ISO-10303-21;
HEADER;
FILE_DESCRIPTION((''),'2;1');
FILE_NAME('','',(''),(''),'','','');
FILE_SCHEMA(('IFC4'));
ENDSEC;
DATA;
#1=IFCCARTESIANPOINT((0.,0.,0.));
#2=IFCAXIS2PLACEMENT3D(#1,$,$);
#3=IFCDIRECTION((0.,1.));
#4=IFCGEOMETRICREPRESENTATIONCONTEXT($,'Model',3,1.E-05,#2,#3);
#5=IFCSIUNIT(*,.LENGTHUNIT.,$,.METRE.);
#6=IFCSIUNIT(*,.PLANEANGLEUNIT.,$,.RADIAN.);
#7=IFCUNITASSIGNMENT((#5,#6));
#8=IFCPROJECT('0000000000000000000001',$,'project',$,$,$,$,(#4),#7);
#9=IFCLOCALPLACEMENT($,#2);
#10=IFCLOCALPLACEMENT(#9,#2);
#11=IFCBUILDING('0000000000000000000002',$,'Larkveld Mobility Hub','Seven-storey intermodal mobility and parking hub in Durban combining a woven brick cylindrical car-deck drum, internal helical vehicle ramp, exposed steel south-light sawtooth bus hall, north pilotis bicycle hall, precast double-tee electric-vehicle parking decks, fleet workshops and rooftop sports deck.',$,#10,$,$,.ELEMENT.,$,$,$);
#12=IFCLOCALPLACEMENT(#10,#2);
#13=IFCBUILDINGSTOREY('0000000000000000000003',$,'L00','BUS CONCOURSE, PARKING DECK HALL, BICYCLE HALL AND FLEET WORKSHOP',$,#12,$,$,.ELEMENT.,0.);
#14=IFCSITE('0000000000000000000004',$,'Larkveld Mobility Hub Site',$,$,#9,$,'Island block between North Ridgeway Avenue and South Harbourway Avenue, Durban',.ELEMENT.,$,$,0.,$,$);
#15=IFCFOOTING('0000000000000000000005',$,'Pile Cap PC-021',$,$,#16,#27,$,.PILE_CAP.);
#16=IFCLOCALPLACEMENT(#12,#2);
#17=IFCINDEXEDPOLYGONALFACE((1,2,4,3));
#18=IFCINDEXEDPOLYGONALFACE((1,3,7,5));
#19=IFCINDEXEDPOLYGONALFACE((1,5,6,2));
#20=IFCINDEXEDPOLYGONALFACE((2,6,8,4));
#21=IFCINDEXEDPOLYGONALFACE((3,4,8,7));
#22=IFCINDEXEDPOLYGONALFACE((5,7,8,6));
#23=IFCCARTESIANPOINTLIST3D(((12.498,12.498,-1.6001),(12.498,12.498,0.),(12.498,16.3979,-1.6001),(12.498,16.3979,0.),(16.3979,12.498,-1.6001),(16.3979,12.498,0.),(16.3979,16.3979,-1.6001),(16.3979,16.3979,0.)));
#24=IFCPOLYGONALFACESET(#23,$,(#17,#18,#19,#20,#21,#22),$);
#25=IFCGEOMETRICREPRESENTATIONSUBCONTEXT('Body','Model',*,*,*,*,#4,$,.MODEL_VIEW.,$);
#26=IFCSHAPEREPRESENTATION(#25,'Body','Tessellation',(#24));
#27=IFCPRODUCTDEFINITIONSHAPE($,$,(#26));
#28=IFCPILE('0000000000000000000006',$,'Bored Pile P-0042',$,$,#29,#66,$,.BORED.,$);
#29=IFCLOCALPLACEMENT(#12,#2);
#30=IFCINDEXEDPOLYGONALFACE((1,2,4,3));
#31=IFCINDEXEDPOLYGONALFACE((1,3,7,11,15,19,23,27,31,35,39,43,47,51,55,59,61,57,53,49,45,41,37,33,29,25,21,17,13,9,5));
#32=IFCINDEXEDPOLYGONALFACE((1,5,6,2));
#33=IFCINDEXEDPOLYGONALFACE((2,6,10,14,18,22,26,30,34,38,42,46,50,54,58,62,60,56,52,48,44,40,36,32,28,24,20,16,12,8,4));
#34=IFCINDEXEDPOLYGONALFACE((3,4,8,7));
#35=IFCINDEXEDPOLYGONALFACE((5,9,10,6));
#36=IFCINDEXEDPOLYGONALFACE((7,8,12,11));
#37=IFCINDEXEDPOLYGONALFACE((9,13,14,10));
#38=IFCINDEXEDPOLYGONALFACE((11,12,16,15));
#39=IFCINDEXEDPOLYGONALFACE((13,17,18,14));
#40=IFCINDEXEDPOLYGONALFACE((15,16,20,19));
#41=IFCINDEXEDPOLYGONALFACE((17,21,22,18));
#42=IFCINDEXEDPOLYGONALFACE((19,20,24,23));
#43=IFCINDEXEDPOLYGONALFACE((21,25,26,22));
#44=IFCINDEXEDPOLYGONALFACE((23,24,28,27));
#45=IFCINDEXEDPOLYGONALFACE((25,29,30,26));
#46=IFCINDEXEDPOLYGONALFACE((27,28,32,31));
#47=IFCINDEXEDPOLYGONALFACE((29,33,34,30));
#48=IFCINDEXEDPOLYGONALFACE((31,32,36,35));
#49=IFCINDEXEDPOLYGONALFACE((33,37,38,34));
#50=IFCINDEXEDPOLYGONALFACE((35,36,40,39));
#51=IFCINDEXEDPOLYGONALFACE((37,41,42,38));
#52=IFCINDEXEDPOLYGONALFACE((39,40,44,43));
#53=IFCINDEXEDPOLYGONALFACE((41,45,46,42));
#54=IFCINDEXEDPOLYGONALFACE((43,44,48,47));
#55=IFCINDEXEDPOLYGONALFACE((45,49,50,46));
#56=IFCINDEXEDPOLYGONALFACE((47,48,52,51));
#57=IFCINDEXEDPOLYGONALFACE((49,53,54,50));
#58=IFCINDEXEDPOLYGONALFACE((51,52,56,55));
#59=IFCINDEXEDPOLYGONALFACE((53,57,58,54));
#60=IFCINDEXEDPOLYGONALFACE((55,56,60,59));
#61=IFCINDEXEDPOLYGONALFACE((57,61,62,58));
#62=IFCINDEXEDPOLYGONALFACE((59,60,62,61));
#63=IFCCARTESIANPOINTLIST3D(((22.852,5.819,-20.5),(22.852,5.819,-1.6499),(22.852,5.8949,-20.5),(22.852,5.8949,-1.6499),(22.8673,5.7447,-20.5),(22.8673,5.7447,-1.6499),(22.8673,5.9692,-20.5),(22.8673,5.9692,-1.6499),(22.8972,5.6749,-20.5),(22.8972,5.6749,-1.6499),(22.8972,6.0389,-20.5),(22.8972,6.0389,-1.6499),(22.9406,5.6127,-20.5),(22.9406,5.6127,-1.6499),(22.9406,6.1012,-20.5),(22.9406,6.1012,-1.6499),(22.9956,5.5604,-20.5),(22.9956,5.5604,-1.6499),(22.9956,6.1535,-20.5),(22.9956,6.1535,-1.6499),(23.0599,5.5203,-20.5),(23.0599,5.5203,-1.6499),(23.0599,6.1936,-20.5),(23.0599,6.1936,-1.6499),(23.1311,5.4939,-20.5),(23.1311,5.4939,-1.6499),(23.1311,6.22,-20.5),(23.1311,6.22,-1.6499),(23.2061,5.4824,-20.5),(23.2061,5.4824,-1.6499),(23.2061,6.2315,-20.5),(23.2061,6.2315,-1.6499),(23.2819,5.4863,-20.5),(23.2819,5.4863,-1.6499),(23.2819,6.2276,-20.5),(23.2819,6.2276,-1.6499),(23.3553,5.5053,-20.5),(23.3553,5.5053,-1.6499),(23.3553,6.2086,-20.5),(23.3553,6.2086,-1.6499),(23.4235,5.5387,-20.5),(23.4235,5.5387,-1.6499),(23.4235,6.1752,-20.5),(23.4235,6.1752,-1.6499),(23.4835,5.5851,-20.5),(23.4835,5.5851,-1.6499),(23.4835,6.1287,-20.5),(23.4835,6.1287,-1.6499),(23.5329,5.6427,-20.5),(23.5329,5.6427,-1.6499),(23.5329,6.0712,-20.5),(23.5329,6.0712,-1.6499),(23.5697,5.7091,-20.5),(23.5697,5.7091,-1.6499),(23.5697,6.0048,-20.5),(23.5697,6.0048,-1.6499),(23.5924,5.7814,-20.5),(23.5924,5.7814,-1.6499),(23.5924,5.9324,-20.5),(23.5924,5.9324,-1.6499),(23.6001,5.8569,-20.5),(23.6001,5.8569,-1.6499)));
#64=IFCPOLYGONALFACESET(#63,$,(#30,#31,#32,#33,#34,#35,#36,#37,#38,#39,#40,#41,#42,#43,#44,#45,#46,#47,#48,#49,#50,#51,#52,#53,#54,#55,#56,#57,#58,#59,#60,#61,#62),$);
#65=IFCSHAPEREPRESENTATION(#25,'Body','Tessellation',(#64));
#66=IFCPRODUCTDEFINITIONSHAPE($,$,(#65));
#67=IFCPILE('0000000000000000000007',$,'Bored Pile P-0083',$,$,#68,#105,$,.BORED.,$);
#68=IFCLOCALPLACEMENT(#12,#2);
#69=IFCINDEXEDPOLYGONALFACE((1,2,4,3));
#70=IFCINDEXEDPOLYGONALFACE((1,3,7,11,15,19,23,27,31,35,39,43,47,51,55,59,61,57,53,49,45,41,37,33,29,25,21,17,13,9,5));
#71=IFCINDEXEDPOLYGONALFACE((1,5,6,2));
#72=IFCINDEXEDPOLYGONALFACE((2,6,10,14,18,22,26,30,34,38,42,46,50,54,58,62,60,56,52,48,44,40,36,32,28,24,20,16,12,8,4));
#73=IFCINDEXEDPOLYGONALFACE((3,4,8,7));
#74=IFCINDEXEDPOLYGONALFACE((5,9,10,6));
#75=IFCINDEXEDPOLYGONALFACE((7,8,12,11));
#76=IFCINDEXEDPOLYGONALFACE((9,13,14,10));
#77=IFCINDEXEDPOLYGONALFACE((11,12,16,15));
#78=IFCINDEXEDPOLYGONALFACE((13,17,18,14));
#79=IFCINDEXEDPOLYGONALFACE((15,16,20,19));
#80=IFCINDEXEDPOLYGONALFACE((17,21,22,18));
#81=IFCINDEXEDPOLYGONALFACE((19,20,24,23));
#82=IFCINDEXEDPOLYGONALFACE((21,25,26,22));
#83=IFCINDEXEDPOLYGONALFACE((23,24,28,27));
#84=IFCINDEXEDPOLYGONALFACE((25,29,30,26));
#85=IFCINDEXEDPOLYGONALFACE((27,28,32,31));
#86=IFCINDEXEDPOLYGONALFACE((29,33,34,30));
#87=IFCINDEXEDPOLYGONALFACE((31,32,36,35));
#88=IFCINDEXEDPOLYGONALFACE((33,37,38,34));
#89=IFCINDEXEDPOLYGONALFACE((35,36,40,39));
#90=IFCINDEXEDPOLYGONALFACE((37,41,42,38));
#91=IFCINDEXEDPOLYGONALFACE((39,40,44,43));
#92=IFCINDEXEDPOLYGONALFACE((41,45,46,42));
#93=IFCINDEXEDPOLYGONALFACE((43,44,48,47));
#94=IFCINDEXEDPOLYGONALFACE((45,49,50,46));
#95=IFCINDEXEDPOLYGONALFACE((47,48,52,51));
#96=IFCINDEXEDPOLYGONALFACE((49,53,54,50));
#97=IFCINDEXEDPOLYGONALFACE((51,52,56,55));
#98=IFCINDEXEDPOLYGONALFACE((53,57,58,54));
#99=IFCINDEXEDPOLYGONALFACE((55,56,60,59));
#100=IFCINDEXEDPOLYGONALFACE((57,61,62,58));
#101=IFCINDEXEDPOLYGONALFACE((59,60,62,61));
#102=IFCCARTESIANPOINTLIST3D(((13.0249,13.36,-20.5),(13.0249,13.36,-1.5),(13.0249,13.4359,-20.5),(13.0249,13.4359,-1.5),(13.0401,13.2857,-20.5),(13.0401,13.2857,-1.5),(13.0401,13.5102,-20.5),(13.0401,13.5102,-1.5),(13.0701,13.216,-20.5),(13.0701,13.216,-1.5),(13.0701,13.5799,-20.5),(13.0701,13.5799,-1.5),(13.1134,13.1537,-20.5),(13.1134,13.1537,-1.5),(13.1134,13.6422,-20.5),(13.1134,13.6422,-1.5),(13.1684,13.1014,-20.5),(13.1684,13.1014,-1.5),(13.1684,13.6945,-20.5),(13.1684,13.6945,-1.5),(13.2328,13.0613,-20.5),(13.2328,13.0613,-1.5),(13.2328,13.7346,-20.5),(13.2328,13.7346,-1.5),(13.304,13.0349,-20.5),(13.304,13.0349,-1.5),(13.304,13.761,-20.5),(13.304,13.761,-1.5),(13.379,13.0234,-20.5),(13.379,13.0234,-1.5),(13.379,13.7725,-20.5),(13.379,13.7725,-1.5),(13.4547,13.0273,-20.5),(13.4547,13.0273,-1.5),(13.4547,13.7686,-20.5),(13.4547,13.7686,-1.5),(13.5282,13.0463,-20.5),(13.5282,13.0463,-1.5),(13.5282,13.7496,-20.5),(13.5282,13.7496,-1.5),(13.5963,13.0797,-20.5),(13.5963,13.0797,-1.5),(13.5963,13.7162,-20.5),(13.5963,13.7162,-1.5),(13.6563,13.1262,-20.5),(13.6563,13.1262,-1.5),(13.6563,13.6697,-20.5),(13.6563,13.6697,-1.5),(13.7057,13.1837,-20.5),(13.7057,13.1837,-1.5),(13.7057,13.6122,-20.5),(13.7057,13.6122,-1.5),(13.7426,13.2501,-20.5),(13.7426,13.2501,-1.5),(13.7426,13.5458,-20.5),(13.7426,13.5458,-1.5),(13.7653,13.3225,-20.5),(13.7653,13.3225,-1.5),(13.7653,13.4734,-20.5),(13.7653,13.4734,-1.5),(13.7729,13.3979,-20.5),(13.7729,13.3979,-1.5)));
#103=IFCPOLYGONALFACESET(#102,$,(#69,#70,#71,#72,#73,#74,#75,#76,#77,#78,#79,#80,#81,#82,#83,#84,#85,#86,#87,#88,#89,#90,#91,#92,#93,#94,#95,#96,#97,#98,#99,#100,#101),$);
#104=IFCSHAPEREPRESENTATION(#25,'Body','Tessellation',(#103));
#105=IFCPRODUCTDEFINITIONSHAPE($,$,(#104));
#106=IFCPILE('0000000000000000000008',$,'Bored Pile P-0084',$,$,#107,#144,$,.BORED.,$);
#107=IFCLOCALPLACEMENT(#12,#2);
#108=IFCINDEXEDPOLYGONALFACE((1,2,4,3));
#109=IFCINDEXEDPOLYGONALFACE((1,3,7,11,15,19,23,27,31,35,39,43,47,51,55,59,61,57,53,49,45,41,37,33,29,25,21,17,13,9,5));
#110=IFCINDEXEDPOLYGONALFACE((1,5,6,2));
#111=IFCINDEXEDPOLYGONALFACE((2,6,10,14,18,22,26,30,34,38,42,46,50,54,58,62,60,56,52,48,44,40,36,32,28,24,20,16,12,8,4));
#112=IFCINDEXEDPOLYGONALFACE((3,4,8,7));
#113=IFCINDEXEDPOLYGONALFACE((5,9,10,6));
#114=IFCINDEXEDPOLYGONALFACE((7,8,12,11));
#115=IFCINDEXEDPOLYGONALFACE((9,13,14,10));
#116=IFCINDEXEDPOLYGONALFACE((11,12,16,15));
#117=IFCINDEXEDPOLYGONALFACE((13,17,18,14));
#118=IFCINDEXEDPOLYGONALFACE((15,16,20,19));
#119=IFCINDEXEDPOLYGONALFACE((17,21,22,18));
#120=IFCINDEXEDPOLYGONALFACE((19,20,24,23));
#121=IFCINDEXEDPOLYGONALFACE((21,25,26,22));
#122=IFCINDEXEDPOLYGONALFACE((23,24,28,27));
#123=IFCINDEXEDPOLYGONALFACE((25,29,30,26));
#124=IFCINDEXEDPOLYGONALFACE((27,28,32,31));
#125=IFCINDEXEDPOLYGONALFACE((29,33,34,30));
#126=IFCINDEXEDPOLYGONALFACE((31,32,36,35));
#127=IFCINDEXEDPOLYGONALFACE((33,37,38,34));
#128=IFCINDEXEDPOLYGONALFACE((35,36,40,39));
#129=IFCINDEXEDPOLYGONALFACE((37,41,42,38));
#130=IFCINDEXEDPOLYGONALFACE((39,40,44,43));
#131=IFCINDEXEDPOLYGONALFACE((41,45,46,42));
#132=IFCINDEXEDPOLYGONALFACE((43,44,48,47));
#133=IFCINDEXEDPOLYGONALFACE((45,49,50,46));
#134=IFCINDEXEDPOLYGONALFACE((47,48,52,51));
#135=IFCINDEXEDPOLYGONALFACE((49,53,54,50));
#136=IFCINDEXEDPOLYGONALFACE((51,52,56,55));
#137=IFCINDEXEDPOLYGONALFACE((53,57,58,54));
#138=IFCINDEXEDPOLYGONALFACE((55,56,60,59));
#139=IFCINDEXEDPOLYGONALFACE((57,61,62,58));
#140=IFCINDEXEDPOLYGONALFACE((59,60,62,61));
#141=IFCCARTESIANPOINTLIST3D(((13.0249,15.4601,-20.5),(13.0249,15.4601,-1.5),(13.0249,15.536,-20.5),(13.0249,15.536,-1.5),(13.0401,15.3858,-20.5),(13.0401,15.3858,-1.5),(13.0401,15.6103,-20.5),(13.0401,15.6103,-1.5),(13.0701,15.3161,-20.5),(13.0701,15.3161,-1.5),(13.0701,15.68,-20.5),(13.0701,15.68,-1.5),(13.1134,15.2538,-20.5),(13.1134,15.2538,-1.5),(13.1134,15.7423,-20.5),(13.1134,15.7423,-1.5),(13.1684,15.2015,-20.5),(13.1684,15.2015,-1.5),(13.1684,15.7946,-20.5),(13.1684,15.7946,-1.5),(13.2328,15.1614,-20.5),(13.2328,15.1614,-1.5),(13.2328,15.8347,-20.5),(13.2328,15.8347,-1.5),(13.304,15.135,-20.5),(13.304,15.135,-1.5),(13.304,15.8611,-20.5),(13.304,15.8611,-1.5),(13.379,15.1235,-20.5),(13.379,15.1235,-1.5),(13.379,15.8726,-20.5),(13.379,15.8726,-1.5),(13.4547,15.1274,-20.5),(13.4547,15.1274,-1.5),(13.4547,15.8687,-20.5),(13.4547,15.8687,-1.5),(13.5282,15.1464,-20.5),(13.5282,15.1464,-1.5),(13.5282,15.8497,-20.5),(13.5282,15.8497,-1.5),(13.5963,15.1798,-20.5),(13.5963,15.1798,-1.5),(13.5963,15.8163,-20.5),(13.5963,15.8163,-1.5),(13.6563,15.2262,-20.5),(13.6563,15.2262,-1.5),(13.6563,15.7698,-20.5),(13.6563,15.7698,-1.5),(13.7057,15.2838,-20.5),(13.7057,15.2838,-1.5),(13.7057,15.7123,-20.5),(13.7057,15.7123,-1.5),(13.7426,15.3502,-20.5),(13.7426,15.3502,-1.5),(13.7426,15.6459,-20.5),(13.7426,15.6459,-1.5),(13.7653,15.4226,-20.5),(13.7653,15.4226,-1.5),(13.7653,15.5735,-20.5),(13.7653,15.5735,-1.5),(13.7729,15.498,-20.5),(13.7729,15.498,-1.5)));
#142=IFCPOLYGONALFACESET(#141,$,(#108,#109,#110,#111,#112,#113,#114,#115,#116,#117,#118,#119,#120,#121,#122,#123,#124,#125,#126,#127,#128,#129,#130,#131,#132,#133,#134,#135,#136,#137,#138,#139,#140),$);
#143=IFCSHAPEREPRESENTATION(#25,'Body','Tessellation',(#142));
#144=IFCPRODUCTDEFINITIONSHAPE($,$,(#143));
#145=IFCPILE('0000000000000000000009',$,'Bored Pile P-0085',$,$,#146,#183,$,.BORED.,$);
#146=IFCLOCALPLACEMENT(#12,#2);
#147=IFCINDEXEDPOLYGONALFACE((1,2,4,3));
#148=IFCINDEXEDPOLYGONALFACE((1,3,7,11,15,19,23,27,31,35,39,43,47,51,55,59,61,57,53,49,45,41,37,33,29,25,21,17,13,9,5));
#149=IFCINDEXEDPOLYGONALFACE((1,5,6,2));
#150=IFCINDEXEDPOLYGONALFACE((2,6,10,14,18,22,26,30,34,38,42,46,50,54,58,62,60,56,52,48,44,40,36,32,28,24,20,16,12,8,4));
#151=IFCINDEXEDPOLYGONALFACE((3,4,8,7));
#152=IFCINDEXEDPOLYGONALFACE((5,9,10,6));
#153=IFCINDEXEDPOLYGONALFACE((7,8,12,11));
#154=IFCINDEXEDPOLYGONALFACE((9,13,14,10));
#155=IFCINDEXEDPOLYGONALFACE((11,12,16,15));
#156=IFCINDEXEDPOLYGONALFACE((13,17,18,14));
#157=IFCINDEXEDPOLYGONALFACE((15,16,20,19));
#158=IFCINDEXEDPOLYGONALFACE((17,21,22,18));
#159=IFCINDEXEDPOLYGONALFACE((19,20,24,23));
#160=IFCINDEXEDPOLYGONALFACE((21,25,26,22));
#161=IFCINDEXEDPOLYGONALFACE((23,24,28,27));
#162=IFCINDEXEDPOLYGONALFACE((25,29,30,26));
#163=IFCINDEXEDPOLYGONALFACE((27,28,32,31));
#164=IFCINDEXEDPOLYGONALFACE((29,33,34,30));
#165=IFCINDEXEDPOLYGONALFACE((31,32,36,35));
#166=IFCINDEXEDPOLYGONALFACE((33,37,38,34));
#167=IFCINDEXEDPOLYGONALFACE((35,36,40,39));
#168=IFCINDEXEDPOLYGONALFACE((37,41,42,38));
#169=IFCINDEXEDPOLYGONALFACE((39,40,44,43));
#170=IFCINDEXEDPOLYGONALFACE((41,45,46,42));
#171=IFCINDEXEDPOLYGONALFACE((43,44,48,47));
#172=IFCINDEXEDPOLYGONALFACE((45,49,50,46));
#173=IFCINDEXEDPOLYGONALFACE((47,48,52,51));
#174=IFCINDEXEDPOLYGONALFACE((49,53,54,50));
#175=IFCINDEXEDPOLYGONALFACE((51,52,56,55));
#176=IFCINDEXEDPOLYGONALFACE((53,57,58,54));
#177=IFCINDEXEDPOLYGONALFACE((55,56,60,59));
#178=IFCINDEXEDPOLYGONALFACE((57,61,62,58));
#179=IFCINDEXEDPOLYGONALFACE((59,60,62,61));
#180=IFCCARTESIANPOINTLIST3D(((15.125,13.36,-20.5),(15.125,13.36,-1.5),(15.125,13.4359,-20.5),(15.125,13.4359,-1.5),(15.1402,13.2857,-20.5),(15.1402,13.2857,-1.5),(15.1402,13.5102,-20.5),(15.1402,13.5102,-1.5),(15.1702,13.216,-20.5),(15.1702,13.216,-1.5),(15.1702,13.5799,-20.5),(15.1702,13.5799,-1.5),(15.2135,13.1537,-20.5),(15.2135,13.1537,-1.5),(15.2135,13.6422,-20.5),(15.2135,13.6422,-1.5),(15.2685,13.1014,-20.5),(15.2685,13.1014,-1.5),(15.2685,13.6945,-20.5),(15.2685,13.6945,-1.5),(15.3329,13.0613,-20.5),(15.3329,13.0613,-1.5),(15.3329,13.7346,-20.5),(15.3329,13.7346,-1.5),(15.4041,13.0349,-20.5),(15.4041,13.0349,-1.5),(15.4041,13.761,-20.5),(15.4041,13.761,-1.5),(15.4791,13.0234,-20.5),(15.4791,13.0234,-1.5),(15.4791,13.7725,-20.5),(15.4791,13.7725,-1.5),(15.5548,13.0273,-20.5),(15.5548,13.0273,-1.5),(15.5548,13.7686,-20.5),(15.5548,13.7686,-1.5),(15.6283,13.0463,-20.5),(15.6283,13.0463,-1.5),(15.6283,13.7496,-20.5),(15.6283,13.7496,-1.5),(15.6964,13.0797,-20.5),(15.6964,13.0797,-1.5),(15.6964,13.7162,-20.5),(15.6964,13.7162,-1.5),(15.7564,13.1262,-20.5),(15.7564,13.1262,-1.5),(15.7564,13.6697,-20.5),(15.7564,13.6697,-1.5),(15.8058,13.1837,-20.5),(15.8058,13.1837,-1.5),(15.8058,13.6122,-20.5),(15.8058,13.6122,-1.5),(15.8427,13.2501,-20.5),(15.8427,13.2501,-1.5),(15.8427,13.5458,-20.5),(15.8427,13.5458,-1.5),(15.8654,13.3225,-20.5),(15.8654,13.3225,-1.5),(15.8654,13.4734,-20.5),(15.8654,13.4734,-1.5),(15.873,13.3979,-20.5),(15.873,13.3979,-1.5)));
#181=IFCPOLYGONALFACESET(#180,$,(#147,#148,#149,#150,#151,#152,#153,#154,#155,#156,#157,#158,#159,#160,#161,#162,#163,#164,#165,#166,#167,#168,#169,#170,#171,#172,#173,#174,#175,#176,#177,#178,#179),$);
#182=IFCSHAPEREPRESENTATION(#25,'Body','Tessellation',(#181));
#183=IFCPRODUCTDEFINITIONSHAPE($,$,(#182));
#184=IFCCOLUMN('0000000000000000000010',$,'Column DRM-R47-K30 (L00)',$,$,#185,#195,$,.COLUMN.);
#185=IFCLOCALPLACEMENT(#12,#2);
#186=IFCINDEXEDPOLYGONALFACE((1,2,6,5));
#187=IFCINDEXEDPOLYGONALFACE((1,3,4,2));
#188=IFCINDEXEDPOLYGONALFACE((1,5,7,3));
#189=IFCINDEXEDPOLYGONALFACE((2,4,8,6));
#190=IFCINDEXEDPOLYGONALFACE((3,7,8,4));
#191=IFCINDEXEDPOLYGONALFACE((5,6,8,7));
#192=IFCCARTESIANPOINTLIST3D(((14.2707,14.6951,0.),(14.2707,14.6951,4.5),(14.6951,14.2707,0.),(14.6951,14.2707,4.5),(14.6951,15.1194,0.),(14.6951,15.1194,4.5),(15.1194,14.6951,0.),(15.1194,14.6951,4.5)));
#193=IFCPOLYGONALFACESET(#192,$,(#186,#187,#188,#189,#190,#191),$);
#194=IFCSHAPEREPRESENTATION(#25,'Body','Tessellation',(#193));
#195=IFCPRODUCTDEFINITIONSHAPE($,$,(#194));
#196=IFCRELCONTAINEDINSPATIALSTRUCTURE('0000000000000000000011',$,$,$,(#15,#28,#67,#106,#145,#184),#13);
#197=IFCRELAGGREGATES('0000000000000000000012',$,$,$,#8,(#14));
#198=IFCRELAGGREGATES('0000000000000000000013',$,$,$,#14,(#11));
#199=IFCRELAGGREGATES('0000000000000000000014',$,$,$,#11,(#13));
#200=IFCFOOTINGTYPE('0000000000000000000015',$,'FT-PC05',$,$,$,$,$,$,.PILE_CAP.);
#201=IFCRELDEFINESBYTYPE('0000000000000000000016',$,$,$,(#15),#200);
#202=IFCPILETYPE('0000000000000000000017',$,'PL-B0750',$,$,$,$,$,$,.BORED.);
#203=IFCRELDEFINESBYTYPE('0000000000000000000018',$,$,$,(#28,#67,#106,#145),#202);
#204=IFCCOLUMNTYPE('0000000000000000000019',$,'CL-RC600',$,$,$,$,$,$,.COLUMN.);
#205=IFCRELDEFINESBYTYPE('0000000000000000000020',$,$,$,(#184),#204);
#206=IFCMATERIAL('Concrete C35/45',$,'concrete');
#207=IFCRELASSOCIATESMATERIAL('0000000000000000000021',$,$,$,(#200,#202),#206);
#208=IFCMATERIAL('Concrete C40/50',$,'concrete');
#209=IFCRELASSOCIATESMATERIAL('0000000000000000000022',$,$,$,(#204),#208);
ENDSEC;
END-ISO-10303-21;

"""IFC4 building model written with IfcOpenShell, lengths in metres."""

from ifc_helpers import new_model, si_unit, direction, frame, origin, origin_2d, place, context, subcontext, project, spatial, rectangle, circle, extrude, material, material_profile, profile_set, type_object, element, save


model = new_model("IFC4")

# Units and contexts
model_context = context("Model", 3, precision=1e-05, world=origin(), true_north=direction((0.0, 1.0)))
body_context = subcontext(model_context, "Body", "Model", "MODEL_VIEW")
ifc_project = project(units=[si_unit("LENGTHUNIT", "METRE"), si_unit("PLANEANGLEUNIT", "RADIAN")], contexts=[model_context])

# Site, building, storey
site_placement = place(None, origin())
site = spatial("IfcSite", under=ifc_project, at=site_placement, Name="Larkveld Mobility Hub Site", LongName="Island block between North Ridgeway Avenue and South Harbourway Avenue, Durban", CompositionType="ELEMENT", RefElevation=0.0)
building_placement = place(site_placement, origin())
building = spatial("IfcBuilding", under=site, at=building_placement, Name="Larkveld Mobility Hub", Description="Seven-storey intermodal mobility and parking hub in Durban combining a woven brick cylindrical car-deck drum, internal helical vehicle ramp, exposed steel south-light sawtooth bus hall, north pilotis bicycle hall, precast double-tee electric-vehicle parking decks, fleet workshops and rooftop sports deck.", CompositionType="ELEMENT")
storey_placement = place(building_placement, origin())
storey = spatial("IfcBuildingStorey", under=building, at=storey_placement, Name="L00", Description="BUS CONCOURSE, PARKING DECK HALL, BICYCLE HALL AND FLEET WORKSHOP", CompositionType="ELEMENT", Elevation=0.0)

# Footing
ifc_material_1 = material(Name="Concrete C35/45", Category="concrete")
footing_type = type_object("IfcFootingType", Name="FT-PC05", PredefinedType="PILE_CAP", material=ifc_material_1)
footing_placement = place(storey_placement, frame((14.448, 14.448, -1.6001), z_axis=(0.0, 0.0, 1.0), x_axis=(1.0, 0.0, 0.0)))
element("IfcFooting", 1, at=footing_placement, inside=storey, type_object=footing_type, Name="Pile Cap PC-021", PredefinedType="PILE_CAP", context=body_context, shape_type="SweptSolid", body=[
    extrude(rectangle(XDim=3.8999, YDim=3.8999, at=origin_2d()), origin(), (0.0, 0.0, 1.0), 1.6001),
])

# Piles
ifc_material_profile_1 = material_profile(ifc_material_1, circle(Radius=0.375, at=origin_2d()), Name="PILE D750")
ifc_profile_set_1 = profile_set([ifc_material_profile_1], Name="Concrete C35/45")
pile_type = type_object("IfcPileType", Name="PL-B0750", PredefinedType="BORED", material=ifc_profile_set_1)
pile_placement = place(storey_placement, frame((23.2251, 5.8569, -1.6499), z_axis=(0.0, 0.0, -1.0), x_axis=(1.0, 0.0, 0.0)))
element("IfcPile", 2, at=pile_placement, inside=storey, type_object=pile_type, Name="Bored Pile P-0042", PredefinedType="BORED", context=body_context, shape_type="SweptSolid", body=[
    extrude(circle(Radius=0.375, at=origin_2d()), origin(), (0.0, 0.0, 1.0), 18.8501),
])
for number, where, z_axis, x_axis, name in (
    (3, (13.3979, 13.3979, -1.5), (0.0, 0.0, -1.0), (1.0, 0.0, 0.0), "Bored Pile P-0083"),
    (4, (13.3979, 15.498, -1.5), (0.0, 0.0, -1.0), (1.0, 0.0, 0.0), "Bored Pile P-0084"),
    (5, (15.498, 13.3979, -1.5), (0.0, 0.0, -1.0), (1.0, 0.0, 0.0), "Bored Pile P-0085"),
):
    element("IfcPile", number, at=place(storey_placement, frame(where, z_axis=z_axis, x_axis=x_axis)), inside=storey, type_object=pile_type, Name=name, PredefinedType="BORED", context=body_context, shape_type="SweptSolid", body=[
        extrude(circle(Radius=0.375, at=origin_2d()), origin(), (0.0, 0.0, 1.0), 19.0),
    ])

# Column
ifc_material_2 = material(Name="Concrete C40/50", Category="concrete")
ifc_material_profile_2 = material_profile(ifc_material_2, rectangle(XDim=0.6001, YDim=0.6001, at=origin_2d()), Name="RC COL 600x600")
ifc_profile_set_2 = profile_set([ifc_material_profile_2], Name="Concrete C40/50")
column_type = type_object("IfcColumnType", Name="CL-RC600", PredefinedType="COLUMN", material=ifc_profile_set_2)
column_placement = place(storey_placement, frame((14.6951, 14.6951, 0.0), z_axis=(0.0, 0.0, 1.0), x_axis=(0.707107, 0.707107, 0.0)))
element("IfcColumn", 6, at=column_placement, inside=storey, type_object=column_type, Name="Column DRM-R47-K30 (L00)", PredefinedType="COLUMN", context=body_context, shape_type="SweptSolid", body=[
    extrude(rectangle(XDim=0.6001, YDim=0.6001, at=origin_2d()), origin(), (0.0, 0.0, 1.0), 4.5),
])

save(model, "model.ifc")
